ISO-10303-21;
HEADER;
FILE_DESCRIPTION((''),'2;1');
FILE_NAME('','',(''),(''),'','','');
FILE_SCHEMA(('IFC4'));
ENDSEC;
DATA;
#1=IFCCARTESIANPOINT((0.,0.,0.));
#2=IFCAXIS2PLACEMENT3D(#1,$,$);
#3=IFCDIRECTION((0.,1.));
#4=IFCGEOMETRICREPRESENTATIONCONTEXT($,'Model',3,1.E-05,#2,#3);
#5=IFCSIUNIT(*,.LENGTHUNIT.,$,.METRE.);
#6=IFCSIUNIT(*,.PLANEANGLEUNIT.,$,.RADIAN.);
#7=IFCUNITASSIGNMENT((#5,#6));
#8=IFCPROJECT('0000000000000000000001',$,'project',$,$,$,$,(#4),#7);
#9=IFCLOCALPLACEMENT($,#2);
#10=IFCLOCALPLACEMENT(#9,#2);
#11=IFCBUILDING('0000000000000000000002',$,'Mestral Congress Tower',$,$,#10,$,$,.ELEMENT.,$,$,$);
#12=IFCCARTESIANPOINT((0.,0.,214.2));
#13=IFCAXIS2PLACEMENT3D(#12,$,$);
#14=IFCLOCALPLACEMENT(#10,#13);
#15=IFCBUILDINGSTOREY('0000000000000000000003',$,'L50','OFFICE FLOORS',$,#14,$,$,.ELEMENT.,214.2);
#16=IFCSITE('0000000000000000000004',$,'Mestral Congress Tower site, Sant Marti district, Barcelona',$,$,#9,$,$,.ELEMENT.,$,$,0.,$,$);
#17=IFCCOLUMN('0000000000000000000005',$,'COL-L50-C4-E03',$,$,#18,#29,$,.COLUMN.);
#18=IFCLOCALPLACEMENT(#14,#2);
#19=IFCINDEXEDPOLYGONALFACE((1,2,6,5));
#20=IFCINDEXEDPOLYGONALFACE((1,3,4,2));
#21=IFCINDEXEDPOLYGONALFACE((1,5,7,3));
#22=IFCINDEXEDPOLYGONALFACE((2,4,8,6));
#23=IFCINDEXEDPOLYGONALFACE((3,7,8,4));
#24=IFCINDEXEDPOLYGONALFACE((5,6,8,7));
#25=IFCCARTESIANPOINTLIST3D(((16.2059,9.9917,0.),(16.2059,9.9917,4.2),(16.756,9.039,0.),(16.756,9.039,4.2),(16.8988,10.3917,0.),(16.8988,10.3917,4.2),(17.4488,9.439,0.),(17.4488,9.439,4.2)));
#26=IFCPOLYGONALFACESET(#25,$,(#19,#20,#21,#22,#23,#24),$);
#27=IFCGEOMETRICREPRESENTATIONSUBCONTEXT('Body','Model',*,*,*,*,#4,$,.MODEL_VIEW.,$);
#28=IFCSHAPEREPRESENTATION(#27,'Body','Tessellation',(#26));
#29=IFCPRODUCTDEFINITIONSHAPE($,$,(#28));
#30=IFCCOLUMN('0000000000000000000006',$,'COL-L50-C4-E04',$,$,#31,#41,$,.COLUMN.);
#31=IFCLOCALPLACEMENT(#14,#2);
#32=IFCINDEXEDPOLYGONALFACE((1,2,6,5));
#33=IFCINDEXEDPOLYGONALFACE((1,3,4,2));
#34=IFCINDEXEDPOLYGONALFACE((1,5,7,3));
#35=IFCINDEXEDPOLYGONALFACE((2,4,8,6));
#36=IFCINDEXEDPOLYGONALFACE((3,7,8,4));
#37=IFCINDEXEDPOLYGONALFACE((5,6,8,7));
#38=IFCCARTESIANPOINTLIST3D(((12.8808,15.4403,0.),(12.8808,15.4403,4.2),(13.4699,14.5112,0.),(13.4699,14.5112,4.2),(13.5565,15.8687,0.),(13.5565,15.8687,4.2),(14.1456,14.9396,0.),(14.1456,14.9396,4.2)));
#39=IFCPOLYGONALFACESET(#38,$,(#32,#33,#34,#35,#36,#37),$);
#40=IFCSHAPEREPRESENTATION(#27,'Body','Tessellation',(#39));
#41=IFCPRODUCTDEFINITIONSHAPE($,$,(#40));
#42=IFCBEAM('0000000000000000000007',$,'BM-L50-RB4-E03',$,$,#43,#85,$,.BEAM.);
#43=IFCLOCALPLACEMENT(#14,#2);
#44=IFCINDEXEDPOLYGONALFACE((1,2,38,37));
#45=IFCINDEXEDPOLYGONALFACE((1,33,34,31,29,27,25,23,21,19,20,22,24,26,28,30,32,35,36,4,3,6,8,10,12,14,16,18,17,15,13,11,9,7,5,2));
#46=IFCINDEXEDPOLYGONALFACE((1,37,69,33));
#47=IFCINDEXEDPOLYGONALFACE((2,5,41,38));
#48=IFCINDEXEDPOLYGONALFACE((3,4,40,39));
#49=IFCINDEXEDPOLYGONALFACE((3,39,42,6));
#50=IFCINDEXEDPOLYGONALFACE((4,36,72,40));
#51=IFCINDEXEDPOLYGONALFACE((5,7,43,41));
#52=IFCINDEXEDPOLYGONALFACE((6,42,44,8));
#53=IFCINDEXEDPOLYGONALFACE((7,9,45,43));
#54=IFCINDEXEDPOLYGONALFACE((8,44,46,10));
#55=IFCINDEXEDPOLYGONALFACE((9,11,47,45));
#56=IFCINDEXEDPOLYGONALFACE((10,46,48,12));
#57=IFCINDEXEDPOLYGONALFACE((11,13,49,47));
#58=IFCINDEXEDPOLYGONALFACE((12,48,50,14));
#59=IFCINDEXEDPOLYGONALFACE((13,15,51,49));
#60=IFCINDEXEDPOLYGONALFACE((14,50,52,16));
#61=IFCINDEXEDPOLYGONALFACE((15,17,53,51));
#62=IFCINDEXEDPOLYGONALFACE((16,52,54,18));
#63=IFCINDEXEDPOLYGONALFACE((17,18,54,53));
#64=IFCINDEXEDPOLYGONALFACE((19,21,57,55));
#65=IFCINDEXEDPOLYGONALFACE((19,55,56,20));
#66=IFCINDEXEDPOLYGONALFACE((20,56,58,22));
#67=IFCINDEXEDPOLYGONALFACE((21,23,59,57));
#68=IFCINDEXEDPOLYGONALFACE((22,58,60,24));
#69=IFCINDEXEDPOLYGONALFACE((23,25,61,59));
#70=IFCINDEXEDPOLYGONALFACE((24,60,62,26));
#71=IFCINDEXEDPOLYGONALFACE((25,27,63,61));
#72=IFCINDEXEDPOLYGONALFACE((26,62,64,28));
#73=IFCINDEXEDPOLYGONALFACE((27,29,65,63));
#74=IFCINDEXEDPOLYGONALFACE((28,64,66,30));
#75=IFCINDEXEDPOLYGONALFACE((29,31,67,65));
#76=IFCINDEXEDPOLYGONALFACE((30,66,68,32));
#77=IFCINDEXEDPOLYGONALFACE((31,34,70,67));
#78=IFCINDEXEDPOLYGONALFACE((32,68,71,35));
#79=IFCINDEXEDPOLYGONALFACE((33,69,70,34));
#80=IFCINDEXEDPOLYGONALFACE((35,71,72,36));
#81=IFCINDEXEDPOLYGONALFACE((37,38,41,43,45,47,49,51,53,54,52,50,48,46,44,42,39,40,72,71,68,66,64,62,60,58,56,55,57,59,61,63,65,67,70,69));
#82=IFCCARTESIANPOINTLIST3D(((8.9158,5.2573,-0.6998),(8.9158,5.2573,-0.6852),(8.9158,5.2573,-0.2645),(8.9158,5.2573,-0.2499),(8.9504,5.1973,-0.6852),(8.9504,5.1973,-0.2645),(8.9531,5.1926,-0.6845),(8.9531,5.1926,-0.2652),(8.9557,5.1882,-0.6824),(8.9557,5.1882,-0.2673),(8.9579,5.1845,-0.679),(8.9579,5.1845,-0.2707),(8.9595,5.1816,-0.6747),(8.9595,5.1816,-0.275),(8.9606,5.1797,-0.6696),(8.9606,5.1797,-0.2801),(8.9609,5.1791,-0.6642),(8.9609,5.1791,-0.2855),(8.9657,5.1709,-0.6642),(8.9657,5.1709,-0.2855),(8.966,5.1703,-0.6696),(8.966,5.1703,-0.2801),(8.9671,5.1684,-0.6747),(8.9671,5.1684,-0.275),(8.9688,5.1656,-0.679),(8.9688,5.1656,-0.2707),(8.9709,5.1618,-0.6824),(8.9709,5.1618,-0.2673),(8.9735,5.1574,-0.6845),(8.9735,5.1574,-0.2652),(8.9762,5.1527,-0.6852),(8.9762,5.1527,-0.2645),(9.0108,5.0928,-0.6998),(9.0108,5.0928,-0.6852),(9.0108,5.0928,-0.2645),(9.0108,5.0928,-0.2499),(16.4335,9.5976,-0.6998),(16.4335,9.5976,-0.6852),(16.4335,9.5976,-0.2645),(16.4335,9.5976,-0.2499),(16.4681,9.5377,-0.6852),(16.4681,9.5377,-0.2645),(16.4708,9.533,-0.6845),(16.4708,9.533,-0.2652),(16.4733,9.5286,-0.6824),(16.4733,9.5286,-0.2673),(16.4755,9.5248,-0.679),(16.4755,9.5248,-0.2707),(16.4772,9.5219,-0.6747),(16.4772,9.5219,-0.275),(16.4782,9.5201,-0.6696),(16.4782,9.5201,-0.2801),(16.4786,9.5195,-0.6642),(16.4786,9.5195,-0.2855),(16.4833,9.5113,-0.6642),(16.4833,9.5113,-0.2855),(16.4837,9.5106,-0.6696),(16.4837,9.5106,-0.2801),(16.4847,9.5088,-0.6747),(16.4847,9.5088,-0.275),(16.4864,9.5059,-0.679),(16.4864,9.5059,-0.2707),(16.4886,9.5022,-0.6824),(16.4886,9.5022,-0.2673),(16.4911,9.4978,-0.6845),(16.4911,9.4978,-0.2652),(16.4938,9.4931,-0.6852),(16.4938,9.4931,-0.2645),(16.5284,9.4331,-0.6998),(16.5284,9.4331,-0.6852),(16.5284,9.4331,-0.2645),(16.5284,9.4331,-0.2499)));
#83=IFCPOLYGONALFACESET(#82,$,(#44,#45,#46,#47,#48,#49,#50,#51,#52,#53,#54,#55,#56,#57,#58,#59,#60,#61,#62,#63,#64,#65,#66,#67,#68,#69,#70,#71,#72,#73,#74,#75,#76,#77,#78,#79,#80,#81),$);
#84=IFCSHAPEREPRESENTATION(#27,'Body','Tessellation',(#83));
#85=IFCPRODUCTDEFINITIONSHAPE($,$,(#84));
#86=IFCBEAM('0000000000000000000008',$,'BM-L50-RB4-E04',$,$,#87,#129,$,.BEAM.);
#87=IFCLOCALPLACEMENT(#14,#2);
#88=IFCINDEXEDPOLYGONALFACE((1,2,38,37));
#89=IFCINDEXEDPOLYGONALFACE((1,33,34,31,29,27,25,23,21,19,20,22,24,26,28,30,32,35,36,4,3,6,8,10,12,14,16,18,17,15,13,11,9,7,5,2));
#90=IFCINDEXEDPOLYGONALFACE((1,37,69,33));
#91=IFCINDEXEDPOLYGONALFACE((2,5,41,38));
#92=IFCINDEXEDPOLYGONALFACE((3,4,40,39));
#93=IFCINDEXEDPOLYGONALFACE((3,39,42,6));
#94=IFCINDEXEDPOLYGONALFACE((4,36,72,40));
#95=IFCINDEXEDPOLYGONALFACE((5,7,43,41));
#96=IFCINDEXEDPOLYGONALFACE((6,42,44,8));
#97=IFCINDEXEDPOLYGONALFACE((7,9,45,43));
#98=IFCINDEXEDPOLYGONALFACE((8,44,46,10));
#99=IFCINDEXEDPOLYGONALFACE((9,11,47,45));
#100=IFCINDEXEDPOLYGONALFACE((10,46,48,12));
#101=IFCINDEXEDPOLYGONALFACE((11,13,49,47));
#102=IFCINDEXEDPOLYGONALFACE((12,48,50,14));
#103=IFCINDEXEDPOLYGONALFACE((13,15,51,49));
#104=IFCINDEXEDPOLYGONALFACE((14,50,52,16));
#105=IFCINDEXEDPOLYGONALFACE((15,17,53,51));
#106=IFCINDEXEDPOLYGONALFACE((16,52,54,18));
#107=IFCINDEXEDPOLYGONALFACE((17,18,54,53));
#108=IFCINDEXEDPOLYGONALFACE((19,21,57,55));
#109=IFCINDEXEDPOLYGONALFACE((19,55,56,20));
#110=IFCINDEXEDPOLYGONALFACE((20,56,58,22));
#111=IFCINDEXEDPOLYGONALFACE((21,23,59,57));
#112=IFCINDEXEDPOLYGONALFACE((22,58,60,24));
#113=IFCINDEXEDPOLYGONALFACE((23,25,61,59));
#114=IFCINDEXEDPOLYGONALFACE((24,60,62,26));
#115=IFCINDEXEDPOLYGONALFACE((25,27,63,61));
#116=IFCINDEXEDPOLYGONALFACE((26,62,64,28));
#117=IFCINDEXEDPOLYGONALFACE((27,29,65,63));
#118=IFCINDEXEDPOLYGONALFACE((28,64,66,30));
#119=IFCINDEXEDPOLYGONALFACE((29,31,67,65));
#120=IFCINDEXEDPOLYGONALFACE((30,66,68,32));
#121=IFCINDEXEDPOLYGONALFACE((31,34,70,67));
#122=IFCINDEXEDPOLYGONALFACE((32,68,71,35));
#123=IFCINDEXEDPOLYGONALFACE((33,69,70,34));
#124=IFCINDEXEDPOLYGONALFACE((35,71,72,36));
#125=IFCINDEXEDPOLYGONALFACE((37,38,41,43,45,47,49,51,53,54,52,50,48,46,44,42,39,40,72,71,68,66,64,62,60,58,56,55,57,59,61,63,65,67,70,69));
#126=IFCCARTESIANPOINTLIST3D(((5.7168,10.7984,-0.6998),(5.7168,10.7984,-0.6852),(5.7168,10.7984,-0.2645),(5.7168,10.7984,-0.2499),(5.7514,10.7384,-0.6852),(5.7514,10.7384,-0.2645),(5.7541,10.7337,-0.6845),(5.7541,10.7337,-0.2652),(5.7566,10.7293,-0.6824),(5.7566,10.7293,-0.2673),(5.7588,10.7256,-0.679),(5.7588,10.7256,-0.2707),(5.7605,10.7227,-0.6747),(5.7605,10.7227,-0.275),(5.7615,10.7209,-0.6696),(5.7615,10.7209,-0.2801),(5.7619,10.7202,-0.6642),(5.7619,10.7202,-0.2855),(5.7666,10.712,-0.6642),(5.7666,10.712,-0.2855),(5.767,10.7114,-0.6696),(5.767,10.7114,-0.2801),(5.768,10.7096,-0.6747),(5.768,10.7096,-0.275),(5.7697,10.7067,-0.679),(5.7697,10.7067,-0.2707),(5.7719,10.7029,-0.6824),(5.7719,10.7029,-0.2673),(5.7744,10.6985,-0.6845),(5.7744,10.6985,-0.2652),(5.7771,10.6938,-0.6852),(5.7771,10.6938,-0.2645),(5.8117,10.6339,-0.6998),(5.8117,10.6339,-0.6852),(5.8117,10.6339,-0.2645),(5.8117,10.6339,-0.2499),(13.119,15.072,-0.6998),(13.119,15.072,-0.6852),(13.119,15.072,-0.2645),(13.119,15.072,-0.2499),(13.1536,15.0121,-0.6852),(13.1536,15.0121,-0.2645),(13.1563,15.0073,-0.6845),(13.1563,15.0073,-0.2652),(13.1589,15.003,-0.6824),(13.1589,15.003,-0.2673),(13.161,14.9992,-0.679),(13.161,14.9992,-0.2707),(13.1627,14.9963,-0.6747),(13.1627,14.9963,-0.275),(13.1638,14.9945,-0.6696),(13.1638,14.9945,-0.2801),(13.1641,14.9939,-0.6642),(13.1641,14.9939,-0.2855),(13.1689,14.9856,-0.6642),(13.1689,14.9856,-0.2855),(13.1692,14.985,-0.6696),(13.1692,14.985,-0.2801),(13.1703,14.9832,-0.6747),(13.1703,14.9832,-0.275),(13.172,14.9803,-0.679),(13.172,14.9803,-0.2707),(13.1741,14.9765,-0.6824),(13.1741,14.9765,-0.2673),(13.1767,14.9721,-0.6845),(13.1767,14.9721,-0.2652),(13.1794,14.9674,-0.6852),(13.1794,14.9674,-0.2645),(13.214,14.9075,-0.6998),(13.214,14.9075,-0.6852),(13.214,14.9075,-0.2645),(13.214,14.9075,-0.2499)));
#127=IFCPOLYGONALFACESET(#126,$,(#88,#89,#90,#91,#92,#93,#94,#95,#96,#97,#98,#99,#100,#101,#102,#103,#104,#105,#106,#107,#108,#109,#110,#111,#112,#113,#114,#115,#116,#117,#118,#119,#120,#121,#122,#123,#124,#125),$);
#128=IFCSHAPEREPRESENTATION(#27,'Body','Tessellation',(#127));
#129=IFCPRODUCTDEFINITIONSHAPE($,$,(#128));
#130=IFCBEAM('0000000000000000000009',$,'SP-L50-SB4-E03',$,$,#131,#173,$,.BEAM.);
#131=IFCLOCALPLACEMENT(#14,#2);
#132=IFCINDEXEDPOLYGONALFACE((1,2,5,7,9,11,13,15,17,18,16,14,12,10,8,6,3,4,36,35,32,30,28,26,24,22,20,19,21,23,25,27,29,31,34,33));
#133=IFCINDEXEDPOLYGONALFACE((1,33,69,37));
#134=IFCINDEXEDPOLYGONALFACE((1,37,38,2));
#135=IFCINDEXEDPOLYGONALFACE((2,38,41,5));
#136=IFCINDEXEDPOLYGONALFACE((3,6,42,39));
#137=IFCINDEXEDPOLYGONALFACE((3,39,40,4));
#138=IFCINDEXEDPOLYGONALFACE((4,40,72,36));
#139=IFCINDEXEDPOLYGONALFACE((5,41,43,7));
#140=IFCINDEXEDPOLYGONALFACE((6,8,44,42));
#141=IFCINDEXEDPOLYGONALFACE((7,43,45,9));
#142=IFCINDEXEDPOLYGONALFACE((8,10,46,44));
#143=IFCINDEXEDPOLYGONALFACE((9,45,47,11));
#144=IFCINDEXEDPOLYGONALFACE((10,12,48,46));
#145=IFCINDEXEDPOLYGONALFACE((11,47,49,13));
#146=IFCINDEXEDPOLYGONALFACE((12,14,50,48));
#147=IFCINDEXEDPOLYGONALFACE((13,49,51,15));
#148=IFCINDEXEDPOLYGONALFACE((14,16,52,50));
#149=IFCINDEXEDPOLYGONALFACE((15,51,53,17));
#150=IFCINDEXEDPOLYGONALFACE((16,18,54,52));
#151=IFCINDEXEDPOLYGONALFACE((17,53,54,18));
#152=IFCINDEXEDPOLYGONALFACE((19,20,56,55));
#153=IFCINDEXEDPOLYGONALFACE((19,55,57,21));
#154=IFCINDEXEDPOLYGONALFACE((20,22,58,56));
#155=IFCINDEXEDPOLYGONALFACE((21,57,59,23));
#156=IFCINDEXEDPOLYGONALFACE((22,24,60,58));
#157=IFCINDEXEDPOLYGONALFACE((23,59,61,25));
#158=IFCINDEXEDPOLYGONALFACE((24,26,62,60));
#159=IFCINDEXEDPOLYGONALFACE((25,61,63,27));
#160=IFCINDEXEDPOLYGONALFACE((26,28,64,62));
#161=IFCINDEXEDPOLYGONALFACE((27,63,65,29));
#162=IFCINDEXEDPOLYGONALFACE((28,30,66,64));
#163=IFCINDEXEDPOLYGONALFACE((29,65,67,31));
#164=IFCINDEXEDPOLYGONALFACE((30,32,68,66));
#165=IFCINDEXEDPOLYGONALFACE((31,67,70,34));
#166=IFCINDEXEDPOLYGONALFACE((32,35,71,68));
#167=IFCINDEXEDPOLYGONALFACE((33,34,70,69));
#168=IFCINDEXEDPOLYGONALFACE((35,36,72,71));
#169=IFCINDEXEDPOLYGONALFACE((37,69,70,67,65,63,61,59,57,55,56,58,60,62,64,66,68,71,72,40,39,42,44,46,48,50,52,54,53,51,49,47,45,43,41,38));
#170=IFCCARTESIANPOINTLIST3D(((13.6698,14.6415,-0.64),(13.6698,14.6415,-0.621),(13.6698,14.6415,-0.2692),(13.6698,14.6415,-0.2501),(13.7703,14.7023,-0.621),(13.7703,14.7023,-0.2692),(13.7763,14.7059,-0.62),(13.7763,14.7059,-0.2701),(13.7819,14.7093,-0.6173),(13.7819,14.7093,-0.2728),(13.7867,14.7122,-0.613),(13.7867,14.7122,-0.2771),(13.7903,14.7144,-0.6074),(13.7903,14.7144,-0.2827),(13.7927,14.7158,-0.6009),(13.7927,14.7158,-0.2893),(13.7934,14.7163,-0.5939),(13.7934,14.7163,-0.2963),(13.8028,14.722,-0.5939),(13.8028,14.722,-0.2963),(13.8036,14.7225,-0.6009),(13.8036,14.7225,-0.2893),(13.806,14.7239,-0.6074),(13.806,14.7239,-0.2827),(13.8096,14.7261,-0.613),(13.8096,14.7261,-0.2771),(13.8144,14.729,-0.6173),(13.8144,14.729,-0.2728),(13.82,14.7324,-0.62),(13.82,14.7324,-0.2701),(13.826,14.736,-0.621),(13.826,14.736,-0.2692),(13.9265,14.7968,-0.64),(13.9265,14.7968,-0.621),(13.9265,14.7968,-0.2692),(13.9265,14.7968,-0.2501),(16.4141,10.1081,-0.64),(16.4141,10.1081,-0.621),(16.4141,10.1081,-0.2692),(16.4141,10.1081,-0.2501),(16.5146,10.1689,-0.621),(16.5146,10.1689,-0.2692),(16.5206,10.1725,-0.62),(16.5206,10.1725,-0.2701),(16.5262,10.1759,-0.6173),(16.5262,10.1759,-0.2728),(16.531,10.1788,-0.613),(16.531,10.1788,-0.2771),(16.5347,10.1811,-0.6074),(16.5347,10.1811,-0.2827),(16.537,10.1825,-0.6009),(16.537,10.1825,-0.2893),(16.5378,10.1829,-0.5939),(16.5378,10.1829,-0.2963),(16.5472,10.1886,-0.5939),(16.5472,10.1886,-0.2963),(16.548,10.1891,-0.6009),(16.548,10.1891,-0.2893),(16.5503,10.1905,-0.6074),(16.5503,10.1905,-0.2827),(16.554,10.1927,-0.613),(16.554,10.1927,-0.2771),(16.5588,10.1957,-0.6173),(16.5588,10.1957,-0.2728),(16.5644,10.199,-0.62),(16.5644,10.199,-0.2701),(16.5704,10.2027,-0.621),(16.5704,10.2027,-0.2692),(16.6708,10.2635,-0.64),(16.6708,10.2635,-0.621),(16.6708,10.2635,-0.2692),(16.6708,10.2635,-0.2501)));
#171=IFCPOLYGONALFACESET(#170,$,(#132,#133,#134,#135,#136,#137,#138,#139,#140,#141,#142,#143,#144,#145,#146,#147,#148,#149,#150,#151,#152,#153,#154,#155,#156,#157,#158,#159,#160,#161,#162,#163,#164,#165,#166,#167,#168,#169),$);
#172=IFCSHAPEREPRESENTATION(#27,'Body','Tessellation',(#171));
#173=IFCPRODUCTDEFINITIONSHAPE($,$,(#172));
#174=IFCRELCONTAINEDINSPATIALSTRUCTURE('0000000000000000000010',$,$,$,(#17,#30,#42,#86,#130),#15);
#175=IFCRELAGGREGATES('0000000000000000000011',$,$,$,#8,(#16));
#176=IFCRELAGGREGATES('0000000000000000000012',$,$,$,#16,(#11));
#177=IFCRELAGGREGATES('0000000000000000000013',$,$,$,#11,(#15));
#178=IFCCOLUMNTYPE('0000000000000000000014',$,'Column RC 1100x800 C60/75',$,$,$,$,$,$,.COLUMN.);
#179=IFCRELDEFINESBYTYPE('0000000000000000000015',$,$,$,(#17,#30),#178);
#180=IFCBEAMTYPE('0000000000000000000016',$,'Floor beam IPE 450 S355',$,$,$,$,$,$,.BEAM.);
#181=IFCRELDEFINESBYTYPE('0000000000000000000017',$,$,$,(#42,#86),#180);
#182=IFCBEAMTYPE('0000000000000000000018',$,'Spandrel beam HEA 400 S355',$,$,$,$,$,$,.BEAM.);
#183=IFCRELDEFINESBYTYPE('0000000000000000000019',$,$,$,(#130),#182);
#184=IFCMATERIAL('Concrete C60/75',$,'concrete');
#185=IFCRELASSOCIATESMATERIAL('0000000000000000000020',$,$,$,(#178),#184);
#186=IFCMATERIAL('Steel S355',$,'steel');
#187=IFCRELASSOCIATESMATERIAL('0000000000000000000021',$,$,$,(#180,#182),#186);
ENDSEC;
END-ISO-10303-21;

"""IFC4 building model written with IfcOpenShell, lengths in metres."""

from ifc_helpers import new_model, si_unit, direction, frame, origin, origin_2d, place, context, subcontext, project, spatial, rectangle, i_section, extrude, material, material_profile, profile_set, type_object, element, save


model = new_model("IFC4")

# Units and contexts
model_context = context("Model", 3, precision=1e-05, world=origin(), true_north=direction((0.0, 1.0)))
body_context = subcontext(model_context, "Body", "Model", "MODEL_VIEW")
ifc_project = project(units=[si_unit("LENGTHUNIT", "METRE"), si_unit("PLANEANGLEUNIT", "RADIAN")], contexts=[model_context])

# Site, building, storey
site_placement = place(None, origin())
site = spatial("IfcSite", under=ifc_project, at=site_placement, Name="Mestral Congress Tower site, Sant Marti district, Barcelona", CompositionType="ELEMENT", RefElevation=0.0)
building_placement = place(site_placement, origin())
building = spatial("IfcBuilding", under=site, at=building_placement, Name="Mestral Congress Tower", CompositionType="ELEMENT")
storey_placement = place(building_placement, frame((0.0, 0.0, 214.2)))
storey = spatial("IfcBuildingStorey", under=building, at=storey_placement, Name="L50", Description="OFFICE FLOORS", CompositionType="ELEMENT", Elevation=214.2)

# Columns
ifc_material_1 = material(Name="Concrete C60/75", Category="concrete")
ifc_material_profile_1 = material_profile(ifc_material_1, rectangle(XDim=1.1001, YDim=0.8, at=origin_2d()), Name="RC 1100x800")
ifc_profile_set_1 = profile_set([ifc_material_profile_1], Name="Concrete C60/75")
column_type = type_object("IfcColumnType", Name="Column RC 1100x800 C60/75", PredefinedType="COLUMN", material=ifc_profile_set_1)
for number, where, z_axis, x_axis, name in (
    (1, (16.8274, 9.7153, 0.0), (0.0, 0.0, 1.0), (-0.5, 0.866025, 0.0), "COL-L50-C4-E03"),
    (2, (13.5132, 15.1899, 0.0), (0.0, 0.0, 1.0), (-0.535503, 0.844534, 0.0), "COL-L50-C4-E04"),
):
    element("IfcColumn", number, at=place(storey_placement, frame(where, z_axis=z_axis, x_axis=x_axis)), inside=storey, type_object=column_type, Name=name, PredefinedType="COLUMN", context=body_context, shape_type="SweptSolid", body=[
        extrude(rectangle(XDim=1.1001, YDim=0.8, at=origin_2d()), origin(), (0.0, 0.0, 1.0), 4.2),
    ])

# Beams
ifc_material_2 = material(Name="Steel S355", Category="steel")
ifc_material_profile_2 = material_profile(ifc_material_2, i_section(OverallWidth=0.1899, OverallDepth=0.45, WebThickness=0.0095, FlangeThickness=0.0146, FilletRadius=0.021, at=origin_2d()), Name="IPE 450")
ifc_profile_set_2 = profile_set([ifc_material_profile_2], Name="Steel S355")
beam_type_1 = type_object("IfcBeamType", Name="Floor beam IPE 450 S355", PredefinedType="BEAM", material=ifc_profile_set_2)
beam_1_placement = place(storey_placement, frame((16.481, 9.5154, -0.4749), z_axis=(-0.866023, -0.500005, 0.0), x_axis=(0.500005, -0.866023, 0.0)))
element("IfcBeam", 3, at=beam_1_placement, inside=storey, type_object=beam_type_1, Name="BM-L50-RB4-E03", PredefinedType="BEAM", context=body_context, shape_type="SweptSolid", body=[
    extrude(i_section(OverallWidth=0.1899, OverallDepth=0.45, WebThickness=0.0095, FlangeThickness=0.0146, FilletRadius=0.021, at=origin_2d()), origin(), (0.0, 0.0, 1.0), 8.6807),
])
beam_2_placement = place(storey_placement, frame((13.1665, 14.9897, -0.4749), z_axis=(-0.866029, -0.499994, 0.0), x_axis=(0.499994, -0.866029, 0.0)))
element("IfcBeam", 4, at=beam_2_placement, inside=storey, type_object=beam_type_1, Name="BM-L50-RB4-E04", PredefinedType="BEAM", context=body_context, shape_type="SweptSolid", body=[
    extrude(i_section(OverallWidth=0.1899, OverallDepth=0.45, WebThickness=0.0095, FlangeThickness=0.0146, FilletRadius=0.021, at=origin_2d()), origin(), (0.0, 0.0, 1.0), 8.5474),
])
ifc_material_profile_3 = material_profile(ifc_material_2, i_section(OverallWidth=0.3, OverallDepth=0.3899, WebThickness=0.011, FlangeThickness=0.019, FilletRadius=0.0271, at=origin_2d()), Name="HEA 400")
ifc_profile_set_3 = profile_set([ifc_material_profile_3], Name="Steel S355")
beam_type_2 = type_object("IfcBeamType", Name="Spandrel beam HEA 400 S355", PredefinedType="BEAM", material=ifc_profile_set_3)
for number, where, z_axis, x_axis, name in (
    (5, (16.5425, 10.1858, -0.4451), (-0.517866, 0.855462, 0.0), (-0.855462, -0.517866, 0.0), "SP-L50-SB4-E03"),
):
    element("IfcBeam", number, at=place(storey_placement, frame(where, z_axis=z_axis, x_axis=x_axis)), inside=storey, type_object=beam_type_2, Name=name, PredefinedType="BEAM", context=body_context, shape_type="SweptSolid", body=[
        extrude(i_section(OverallWidth=0.3, OverallDepth=0.3899, WebThickness=0.011, FlangeThickness=0.019, FilletRadius=0.0271, at=origin_2d()), origin(), (0.0, 0.0, 1.0), 5.2993),
    ])

save(model, "model.ifc")
